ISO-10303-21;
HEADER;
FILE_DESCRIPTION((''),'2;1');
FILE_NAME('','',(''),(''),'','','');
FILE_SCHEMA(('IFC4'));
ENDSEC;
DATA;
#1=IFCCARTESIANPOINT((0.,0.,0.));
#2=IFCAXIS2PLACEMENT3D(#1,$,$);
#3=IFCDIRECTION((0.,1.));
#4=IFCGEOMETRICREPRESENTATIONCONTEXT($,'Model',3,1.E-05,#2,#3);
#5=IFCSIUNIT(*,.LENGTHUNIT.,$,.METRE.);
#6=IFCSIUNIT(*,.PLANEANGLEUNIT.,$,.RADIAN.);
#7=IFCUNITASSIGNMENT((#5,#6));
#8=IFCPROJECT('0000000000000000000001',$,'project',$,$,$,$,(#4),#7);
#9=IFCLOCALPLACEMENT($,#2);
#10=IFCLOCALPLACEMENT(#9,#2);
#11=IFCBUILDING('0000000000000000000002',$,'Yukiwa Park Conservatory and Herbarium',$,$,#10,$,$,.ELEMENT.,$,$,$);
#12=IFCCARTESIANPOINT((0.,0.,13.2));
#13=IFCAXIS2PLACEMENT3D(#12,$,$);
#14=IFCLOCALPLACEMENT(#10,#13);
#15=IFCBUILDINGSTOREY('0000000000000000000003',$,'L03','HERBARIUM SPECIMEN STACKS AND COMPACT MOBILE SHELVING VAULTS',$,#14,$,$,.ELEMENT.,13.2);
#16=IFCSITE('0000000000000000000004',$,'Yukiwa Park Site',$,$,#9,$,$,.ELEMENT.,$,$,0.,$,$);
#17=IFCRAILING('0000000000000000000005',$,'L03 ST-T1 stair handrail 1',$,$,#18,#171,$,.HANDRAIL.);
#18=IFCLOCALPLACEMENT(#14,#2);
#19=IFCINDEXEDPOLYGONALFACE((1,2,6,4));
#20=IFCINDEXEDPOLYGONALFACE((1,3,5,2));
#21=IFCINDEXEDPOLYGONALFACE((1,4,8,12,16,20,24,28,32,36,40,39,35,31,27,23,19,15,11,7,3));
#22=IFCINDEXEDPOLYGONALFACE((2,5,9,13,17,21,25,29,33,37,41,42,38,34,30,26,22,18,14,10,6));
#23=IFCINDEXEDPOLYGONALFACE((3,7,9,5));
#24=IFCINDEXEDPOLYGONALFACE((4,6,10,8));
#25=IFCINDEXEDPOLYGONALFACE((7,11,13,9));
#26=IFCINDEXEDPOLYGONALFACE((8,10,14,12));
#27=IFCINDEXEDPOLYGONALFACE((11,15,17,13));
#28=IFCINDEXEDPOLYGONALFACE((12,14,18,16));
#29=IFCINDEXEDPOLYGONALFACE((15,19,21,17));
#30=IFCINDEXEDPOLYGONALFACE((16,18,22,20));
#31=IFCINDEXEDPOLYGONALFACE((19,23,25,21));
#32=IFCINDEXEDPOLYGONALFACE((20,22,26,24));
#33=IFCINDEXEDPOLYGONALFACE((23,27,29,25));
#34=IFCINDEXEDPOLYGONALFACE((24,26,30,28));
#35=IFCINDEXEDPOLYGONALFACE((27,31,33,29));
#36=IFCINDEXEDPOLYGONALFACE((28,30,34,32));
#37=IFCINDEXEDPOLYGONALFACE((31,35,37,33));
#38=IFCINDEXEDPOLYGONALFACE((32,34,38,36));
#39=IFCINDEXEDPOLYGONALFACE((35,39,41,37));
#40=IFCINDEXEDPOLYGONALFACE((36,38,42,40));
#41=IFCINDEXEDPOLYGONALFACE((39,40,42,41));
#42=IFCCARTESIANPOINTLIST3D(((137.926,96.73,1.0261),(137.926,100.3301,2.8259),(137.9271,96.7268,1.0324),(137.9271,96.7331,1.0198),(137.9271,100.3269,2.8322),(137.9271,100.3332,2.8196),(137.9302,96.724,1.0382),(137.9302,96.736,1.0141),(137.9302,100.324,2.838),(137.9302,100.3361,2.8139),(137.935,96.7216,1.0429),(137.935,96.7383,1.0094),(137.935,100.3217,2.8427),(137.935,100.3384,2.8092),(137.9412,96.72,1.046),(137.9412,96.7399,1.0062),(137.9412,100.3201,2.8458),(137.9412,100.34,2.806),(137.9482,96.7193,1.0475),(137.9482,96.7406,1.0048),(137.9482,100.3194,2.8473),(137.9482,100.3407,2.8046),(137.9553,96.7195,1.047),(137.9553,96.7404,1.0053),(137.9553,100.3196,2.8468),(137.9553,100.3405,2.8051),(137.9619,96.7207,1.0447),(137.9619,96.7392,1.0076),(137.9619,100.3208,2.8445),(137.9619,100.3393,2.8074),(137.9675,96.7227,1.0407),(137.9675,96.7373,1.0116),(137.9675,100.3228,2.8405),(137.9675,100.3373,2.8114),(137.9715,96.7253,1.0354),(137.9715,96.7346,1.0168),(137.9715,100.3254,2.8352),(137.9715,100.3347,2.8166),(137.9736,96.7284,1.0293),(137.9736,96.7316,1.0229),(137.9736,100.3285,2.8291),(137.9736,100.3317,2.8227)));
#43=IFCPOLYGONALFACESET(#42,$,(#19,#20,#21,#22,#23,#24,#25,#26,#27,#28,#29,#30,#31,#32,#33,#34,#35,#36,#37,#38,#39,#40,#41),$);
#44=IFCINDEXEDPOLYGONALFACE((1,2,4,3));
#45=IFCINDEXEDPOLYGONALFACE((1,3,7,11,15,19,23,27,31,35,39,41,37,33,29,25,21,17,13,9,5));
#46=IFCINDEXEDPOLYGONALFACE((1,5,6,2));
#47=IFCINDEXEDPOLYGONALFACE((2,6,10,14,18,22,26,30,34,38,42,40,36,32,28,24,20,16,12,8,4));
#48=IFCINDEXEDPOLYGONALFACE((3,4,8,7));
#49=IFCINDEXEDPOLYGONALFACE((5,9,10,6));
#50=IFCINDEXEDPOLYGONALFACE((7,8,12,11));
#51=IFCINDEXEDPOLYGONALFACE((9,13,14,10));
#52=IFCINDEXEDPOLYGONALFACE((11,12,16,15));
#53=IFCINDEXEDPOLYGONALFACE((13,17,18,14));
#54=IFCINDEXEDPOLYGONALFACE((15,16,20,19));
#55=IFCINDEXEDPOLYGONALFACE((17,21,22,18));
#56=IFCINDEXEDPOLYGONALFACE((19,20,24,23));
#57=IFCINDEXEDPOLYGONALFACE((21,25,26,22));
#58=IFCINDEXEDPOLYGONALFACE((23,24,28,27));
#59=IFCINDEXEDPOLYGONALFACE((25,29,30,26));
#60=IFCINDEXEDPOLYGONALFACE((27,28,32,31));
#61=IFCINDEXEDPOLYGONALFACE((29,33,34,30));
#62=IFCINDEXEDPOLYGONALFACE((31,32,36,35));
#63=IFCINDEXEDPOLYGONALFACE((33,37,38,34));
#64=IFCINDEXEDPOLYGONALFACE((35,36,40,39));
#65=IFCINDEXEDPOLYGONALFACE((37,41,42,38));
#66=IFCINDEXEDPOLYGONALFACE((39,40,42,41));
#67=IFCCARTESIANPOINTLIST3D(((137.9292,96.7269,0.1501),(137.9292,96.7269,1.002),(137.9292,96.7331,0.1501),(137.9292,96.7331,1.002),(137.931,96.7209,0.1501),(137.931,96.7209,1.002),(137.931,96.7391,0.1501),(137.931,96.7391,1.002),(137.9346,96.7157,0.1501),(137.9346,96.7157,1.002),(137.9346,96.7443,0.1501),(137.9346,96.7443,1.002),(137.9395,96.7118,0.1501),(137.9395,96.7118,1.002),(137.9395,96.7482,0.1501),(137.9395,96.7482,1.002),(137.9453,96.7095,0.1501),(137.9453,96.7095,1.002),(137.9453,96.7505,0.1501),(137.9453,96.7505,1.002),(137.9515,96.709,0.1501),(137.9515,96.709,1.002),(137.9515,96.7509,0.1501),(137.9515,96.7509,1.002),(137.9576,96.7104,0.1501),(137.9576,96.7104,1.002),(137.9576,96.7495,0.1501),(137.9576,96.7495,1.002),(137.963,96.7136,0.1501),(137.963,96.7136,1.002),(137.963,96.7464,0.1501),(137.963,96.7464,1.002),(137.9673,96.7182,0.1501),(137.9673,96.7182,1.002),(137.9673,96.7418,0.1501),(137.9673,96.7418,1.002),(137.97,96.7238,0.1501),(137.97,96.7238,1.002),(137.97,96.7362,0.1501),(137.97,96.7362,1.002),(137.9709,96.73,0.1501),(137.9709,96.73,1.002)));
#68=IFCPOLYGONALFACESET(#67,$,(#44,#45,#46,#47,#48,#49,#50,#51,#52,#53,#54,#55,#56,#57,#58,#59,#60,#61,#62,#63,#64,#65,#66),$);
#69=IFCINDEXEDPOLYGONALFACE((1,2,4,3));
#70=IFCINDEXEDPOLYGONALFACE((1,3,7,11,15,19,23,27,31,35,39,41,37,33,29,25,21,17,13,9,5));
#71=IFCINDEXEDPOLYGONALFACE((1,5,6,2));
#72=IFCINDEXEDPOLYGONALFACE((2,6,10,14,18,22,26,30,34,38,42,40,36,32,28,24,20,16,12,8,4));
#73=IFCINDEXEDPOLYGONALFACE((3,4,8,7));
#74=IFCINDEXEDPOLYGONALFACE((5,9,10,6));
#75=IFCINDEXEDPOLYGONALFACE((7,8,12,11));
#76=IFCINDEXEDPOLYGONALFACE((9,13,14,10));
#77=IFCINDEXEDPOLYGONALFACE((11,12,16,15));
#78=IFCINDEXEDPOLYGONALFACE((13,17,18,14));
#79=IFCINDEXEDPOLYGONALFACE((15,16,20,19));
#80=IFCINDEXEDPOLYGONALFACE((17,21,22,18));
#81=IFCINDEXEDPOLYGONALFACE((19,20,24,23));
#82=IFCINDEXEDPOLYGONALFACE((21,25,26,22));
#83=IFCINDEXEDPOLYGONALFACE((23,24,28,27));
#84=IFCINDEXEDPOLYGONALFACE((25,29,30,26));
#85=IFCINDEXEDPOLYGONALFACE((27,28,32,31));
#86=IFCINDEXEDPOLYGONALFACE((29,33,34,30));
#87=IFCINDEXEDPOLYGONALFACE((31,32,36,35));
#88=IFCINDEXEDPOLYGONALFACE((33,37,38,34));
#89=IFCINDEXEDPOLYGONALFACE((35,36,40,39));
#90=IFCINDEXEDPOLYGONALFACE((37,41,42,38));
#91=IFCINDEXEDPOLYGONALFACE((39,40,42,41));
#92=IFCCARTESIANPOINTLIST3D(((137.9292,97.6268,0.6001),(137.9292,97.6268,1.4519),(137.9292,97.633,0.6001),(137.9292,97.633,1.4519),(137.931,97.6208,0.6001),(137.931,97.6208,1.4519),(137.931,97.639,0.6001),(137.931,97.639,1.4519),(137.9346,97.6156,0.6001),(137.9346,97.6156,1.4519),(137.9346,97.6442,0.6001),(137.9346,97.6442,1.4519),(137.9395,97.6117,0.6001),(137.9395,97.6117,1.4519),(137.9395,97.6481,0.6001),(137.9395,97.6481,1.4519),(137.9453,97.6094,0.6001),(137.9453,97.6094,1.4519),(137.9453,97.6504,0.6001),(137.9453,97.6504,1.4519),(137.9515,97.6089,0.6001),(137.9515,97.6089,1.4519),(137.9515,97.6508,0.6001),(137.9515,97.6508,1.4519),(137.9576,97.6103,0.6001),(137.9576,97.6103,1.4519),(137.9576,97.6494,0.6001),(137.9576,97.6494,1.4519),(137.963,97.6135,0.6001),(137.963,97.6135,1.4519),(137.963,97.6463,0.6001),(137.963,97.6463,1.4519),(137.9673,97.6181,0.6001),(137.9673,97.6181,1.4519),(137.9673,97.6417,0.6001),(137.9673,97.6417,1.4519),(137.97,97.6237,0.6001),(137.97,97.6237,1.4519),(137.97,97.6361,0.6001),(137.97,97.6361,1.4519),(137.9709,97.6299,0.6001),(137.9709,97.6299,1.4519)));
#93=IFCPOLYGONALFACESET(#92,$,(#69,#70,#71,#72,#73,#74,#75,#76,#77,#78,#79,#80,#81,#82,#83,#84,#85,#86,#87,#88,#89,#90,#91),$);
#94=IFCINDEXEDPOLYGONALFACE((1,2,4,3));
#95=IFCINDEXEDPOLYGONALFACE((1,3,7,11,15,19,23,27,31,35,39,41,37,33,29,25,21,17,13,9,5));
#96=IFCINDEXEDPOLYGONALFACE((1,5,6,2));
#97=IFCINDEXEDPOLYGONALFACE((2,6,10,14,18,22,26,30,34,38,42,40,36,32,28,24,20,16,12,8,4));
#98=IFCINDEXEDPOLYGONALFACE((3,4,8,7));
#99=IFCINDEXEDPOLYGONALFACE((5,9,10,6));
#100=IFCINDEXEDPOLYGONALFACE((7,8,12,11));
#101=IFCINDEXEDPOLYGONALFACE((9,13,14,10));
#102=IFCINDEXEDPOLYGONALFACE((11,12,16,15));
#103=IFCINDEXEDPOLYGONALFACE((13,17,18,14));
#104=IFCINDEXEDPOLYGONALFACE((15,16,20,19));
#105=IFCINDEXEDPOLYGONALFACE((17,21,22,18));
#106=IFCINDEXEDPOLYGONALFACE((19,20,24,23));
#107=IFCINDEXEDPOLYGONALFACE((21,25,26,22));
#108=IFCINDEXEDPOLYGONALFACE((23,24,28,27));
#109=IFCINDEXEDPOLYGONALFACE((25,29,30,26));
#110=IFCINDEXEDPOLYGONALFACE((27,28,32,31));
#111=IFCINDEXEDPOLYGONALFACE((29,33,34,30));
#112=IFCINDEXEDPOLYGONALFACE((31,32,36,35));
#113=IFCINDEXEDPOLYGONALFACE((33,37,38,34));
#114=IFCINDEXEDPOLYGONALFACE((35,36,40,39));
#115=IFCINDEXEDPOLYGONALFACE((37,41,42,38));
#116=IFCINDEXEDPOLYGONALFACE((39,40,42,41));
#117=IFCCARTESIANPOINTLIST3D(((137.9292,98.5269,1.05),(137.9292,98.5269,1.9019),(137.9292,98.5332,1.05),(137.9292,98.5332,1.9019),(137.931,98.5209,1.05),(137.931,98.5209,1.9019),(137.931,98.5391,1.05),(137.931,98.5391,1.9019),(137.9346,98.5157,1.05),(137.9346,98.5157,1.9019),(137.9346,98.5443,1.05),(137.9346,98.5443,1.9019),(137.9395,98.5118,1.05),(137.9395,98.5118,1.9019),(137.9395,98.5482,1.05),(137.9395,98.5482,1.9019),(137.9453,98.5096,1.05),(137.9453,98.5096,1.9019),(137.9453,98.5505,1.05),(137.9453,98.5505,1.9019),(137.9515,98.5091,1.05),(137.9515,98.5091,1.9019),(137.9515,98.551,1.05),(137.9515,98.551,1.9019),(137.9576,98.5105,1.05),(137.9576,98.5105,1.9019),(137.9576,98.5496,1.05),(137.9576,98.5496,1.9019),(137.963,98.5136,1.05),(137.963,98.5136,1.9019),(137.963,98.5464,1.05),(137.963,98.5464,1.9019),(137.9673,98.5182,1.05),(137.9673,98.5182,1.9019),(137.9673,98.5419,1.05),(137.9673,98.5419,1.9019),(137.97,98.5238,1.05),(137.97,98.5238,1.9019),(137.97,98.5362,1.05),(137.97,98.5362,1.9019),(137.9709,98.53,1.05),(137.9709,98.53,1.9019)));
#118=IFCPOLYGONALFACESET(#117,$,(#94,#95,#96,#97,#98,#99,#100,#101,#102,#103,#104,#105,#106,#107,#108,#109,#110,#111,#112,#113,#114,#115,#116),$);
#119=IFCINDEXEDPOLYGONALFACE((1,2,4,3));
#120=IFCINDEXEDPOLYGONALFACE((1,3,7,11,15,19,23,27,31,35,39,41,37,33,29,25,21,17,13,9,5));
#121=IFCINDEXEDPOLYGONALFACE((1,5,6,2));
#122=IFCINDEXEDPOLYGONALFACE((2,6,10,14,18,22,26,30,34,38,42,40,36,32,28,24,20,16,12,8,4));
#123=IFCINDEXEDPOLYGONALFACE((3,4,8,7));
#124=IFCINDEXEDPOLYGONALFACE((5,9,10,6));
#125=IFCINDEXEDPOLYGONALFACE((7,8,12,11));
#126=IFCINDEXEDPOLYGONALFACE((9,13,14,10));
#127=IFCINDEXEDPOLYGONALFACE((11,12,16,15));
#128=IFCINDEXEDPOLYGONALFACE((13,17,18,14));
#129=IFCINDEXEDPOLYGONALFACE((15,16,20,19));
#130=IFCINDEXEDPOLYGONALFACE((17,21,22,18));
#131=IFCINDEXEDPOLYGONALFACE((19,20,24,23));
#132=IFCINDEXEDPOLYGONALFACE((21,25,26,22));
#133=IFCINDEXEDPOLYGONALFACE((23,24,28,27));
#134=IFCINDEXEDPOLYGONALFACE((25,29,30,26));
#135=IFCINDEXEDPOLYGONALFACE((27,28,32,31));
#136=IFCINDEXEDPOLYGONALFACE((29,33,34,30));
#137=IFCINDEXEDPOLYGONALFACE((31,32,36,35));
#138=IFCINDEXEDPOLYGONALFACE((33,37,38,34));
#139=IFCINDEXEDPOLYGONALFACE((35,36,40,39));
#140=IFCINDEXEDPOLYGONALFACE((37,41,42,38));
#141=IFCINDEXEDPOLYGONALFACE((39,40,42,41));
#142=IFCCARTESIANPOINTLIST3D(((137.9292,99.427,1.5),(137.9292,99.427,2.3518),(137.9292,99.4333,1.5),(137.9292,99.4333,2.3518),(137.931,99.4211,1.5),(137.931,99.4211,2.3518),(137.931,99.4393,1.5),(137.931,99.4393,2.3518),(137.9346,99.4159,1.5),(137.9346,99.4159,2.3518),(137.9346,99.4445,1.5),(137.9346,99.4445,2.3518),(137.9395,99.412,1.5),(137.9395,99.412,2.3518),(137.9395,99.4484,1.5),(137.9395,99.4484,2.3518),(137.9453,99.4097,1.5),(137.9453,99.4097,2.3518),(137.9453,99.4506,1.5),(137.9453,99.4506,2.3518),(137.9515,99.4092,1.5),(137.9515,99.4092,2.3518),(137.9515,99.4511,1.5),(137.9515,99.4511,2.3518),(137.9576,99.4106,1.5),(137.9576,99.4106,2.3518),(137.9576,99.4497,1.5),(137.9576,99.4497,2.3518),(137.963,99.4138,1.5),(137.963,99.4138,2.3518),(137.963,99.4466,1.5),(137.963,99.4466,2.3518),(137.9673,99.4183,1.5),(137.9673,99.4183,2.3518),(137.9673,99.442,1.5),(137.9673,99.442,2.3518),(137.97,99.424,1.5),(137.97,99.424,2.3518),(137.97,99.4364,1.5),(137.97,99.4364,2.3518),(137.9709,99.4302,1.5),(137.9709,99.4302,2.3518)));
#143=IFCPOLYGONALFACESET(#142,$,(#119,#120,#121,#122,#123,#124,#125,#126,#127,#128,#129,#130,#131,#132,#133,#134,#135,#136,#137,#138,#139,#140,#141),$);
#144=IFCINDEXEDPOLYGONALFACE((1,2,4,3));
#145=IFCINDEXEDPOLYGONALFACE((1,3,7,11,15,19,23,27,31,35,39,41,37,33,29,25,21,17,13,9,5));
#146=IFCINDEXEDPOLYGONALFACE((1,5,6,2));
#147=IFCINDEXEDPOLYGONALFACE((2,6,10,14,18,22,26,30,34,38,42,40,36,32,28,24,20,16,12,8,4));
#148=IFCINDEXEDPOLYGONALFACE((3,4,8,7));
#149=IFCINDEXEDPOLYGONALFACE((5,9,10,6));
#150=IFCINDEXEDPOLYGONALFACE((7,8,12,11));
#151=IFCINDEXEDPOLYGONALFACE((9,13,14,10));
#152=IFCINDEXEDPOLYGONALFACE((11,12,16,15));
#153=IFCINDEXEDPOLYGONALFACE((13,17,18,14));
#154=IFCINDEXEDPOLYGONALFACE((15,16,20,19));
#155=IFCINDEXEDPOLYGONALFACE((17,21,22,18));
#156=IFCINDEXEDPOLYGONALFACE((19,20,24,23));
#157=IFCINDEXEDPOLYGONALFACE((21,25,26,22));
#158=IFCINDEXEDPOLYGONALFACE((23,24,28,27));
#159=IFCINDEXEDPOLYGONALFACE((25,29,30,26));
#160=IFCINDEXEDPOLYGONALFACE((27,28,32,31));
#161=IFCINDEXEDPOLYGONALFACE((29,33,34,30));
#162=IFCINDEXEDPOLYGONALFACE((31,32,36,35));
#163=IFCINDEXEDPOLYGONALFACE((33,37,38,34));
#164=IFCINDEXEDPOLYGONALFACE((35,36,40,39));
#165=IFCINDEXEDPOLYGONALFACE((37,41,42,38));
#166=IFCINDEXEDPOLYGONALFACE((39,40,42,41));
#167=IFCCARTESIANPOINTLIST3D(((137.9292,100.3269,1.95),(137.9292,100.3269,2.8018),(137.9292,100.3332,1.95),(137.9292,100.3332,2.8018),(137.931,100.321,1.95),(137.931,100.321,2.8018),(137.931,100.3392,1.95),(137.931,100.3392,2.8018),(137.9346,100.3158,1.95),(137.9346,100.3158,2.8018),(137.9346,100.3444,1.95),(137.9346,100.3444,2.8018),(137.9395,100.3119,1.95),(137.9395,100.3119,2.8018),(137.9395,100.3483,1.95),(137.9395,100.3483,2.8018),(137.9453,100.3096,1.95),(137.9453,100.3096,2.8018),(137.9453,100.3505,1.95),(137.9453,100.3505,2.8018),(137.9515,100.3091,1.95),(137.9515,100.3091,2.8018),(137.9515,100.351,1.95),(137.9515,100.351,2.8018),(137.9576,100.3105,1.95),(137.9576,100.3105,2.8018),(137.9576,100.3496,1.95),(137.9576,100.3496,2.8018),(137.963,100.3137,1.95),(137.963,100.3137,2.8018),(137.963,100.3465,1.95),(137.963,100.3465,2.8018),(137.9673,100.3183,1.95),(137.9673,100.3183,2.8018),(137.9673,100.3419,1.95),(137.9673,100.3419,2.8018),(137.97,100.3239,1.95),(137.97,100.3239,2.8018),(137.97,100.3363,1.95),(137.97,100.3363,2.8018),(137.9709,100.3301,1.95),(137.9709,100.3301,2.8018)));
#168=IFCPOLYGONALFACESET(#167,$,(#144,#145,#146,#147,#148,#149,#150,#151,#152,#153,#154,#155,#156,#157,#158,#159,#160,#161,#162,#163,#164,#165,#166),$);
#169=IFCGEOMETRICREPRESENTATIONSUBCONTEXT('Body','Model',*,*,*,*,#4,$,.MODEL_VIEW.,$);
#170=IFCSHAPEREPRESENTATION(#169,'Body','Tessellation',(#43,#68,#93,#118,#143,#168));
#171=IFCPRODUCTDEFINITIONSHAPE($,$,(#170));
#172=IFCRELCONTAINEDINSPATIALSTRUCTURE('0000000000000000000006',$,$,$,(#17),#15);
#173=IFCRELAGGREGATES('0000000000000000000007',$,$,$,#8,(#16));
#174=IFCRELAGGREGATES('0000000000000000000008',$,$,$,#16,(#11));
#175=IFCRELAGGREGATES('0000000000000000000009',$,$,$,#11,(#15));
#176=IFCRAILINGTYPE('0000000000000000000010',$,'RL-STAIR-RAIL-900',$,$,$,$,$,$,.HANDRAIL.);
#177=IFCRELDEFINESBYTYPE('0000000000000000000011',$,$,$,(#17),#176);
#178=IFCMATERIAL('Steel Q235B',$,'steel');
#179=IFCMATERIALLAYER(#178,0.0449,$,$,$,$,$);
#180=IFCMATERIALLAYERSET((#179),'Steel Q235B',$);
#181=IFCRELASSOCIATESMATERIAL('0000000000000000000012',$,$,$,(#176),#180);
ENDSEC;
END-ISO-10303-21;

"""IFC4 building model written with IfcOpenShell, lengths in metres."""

from ifc_helpers import new_model, si_unit, direction, frame, origin, origin_2d, place, context, subcontext, project, spatial, circle, extrude, material, layer, layer_set, type_object, element, save


model = new_model("IFC4")

# Units and contexts
model_context = context("Model", 3, precision=1e-05, world=origin(), true_north=direction((0.0, 1.0)))
body_context = subcontext(model_context, "Body", "Model", "MODEL_VIEW")
ifc_project = project(units=[si_unit("LENGTHUNIT", "METRE"), si_unit("PLANEANGLEUNIT", "RADIAN")], contexts=[model_context])

# Site, building, storey
site_placement = place(None, origin())
site = spatial("IfcSite", under=ifc_project, at=site_placement, Name="Yukiwa Park Site", CompositionType="ELEMENT", RefElevation=0.0)
building_placement = place(site_placement, origin())
building = spatial("IfcBuilding", under=site, at=building_placement, Name="Yukiwa Park Conservatory and Herbarium", CompositionType="ELEMENT")
storey_placement = place(building_placement, frame((0.0, 0.0, 13.2)))
storey = spatial("IfcBuildingStorey", under=building, at=storey_placement, Name="L03", Description="HERBARIUM SPECIMEN STACKS AND COMPACT MOBILE SHELVING VAULTS", CompositionType="ELEMENT", Elevation=13.2)

# Railing
ifc_material_1 = material(Name="Steel Q235B", Category="steel")
ifc_layer_1 = layer(ifc_material_1, 0.0449)
ifc_layer_set_1 = layer_set([ifc_layer_1], Name="Steel Q235B")
railing_type_1 = type_object("IfcRailingType", Name="RL-STAIR-RAIL-900", PredefinedType="HANDRAIL", material=ifc_layer_set_1)
railing_1_placement = place(storey_placement, frame((137.95, 96.73, 0.1501)))
element("IfcRailing", 1, at=railing_1_placement, inside=storey, type_object=railing_type_1, Name="L03 ST-T1 stair handrail 1", PredefinedType="HANDRAIL", context=body_context, shape_type="SweptSolid", body=[
    extrude(circle(Radius=0.0239, at=origin_2d()), frame((0.0, 0.0, 0.876), z_axis=(0.0, 0.894451, 0.447165), x_axis=(-1.0, 0.0, 0.0)), (0.0, 0.0, 1.0), 4.0249),
    extrude(circle(Radius=0.021, at=origin_2d()), origin(), (0.0, 0.0, 1.0), 0.8518),
    extrude(circle(Radius=0.021, at=origin_2d()), frame((0.0, 0.8999, 0.45)), (0.0, 0.0, 1.0), 0.8518),
    extrude(circle(Radius=0.021, at=origin_2d()), frame((0.0, 1.8, 0.8999)), (0.0, 0.0, 1.0), 0.8518),
    extrude(circle(Radius=0.021, at=origin_2d()), frame((0.0, 2.7002, 1.3499)), (0.0, 0.0, 1.0), 0.8518),
    extrude(circle(Radius=0.021, at=origin_2d()), frame((0.0, 3.6001, 1.7998)), (0.0, 0.0, 1.0), 0.8518),
])

save(model, "model.ifc")
